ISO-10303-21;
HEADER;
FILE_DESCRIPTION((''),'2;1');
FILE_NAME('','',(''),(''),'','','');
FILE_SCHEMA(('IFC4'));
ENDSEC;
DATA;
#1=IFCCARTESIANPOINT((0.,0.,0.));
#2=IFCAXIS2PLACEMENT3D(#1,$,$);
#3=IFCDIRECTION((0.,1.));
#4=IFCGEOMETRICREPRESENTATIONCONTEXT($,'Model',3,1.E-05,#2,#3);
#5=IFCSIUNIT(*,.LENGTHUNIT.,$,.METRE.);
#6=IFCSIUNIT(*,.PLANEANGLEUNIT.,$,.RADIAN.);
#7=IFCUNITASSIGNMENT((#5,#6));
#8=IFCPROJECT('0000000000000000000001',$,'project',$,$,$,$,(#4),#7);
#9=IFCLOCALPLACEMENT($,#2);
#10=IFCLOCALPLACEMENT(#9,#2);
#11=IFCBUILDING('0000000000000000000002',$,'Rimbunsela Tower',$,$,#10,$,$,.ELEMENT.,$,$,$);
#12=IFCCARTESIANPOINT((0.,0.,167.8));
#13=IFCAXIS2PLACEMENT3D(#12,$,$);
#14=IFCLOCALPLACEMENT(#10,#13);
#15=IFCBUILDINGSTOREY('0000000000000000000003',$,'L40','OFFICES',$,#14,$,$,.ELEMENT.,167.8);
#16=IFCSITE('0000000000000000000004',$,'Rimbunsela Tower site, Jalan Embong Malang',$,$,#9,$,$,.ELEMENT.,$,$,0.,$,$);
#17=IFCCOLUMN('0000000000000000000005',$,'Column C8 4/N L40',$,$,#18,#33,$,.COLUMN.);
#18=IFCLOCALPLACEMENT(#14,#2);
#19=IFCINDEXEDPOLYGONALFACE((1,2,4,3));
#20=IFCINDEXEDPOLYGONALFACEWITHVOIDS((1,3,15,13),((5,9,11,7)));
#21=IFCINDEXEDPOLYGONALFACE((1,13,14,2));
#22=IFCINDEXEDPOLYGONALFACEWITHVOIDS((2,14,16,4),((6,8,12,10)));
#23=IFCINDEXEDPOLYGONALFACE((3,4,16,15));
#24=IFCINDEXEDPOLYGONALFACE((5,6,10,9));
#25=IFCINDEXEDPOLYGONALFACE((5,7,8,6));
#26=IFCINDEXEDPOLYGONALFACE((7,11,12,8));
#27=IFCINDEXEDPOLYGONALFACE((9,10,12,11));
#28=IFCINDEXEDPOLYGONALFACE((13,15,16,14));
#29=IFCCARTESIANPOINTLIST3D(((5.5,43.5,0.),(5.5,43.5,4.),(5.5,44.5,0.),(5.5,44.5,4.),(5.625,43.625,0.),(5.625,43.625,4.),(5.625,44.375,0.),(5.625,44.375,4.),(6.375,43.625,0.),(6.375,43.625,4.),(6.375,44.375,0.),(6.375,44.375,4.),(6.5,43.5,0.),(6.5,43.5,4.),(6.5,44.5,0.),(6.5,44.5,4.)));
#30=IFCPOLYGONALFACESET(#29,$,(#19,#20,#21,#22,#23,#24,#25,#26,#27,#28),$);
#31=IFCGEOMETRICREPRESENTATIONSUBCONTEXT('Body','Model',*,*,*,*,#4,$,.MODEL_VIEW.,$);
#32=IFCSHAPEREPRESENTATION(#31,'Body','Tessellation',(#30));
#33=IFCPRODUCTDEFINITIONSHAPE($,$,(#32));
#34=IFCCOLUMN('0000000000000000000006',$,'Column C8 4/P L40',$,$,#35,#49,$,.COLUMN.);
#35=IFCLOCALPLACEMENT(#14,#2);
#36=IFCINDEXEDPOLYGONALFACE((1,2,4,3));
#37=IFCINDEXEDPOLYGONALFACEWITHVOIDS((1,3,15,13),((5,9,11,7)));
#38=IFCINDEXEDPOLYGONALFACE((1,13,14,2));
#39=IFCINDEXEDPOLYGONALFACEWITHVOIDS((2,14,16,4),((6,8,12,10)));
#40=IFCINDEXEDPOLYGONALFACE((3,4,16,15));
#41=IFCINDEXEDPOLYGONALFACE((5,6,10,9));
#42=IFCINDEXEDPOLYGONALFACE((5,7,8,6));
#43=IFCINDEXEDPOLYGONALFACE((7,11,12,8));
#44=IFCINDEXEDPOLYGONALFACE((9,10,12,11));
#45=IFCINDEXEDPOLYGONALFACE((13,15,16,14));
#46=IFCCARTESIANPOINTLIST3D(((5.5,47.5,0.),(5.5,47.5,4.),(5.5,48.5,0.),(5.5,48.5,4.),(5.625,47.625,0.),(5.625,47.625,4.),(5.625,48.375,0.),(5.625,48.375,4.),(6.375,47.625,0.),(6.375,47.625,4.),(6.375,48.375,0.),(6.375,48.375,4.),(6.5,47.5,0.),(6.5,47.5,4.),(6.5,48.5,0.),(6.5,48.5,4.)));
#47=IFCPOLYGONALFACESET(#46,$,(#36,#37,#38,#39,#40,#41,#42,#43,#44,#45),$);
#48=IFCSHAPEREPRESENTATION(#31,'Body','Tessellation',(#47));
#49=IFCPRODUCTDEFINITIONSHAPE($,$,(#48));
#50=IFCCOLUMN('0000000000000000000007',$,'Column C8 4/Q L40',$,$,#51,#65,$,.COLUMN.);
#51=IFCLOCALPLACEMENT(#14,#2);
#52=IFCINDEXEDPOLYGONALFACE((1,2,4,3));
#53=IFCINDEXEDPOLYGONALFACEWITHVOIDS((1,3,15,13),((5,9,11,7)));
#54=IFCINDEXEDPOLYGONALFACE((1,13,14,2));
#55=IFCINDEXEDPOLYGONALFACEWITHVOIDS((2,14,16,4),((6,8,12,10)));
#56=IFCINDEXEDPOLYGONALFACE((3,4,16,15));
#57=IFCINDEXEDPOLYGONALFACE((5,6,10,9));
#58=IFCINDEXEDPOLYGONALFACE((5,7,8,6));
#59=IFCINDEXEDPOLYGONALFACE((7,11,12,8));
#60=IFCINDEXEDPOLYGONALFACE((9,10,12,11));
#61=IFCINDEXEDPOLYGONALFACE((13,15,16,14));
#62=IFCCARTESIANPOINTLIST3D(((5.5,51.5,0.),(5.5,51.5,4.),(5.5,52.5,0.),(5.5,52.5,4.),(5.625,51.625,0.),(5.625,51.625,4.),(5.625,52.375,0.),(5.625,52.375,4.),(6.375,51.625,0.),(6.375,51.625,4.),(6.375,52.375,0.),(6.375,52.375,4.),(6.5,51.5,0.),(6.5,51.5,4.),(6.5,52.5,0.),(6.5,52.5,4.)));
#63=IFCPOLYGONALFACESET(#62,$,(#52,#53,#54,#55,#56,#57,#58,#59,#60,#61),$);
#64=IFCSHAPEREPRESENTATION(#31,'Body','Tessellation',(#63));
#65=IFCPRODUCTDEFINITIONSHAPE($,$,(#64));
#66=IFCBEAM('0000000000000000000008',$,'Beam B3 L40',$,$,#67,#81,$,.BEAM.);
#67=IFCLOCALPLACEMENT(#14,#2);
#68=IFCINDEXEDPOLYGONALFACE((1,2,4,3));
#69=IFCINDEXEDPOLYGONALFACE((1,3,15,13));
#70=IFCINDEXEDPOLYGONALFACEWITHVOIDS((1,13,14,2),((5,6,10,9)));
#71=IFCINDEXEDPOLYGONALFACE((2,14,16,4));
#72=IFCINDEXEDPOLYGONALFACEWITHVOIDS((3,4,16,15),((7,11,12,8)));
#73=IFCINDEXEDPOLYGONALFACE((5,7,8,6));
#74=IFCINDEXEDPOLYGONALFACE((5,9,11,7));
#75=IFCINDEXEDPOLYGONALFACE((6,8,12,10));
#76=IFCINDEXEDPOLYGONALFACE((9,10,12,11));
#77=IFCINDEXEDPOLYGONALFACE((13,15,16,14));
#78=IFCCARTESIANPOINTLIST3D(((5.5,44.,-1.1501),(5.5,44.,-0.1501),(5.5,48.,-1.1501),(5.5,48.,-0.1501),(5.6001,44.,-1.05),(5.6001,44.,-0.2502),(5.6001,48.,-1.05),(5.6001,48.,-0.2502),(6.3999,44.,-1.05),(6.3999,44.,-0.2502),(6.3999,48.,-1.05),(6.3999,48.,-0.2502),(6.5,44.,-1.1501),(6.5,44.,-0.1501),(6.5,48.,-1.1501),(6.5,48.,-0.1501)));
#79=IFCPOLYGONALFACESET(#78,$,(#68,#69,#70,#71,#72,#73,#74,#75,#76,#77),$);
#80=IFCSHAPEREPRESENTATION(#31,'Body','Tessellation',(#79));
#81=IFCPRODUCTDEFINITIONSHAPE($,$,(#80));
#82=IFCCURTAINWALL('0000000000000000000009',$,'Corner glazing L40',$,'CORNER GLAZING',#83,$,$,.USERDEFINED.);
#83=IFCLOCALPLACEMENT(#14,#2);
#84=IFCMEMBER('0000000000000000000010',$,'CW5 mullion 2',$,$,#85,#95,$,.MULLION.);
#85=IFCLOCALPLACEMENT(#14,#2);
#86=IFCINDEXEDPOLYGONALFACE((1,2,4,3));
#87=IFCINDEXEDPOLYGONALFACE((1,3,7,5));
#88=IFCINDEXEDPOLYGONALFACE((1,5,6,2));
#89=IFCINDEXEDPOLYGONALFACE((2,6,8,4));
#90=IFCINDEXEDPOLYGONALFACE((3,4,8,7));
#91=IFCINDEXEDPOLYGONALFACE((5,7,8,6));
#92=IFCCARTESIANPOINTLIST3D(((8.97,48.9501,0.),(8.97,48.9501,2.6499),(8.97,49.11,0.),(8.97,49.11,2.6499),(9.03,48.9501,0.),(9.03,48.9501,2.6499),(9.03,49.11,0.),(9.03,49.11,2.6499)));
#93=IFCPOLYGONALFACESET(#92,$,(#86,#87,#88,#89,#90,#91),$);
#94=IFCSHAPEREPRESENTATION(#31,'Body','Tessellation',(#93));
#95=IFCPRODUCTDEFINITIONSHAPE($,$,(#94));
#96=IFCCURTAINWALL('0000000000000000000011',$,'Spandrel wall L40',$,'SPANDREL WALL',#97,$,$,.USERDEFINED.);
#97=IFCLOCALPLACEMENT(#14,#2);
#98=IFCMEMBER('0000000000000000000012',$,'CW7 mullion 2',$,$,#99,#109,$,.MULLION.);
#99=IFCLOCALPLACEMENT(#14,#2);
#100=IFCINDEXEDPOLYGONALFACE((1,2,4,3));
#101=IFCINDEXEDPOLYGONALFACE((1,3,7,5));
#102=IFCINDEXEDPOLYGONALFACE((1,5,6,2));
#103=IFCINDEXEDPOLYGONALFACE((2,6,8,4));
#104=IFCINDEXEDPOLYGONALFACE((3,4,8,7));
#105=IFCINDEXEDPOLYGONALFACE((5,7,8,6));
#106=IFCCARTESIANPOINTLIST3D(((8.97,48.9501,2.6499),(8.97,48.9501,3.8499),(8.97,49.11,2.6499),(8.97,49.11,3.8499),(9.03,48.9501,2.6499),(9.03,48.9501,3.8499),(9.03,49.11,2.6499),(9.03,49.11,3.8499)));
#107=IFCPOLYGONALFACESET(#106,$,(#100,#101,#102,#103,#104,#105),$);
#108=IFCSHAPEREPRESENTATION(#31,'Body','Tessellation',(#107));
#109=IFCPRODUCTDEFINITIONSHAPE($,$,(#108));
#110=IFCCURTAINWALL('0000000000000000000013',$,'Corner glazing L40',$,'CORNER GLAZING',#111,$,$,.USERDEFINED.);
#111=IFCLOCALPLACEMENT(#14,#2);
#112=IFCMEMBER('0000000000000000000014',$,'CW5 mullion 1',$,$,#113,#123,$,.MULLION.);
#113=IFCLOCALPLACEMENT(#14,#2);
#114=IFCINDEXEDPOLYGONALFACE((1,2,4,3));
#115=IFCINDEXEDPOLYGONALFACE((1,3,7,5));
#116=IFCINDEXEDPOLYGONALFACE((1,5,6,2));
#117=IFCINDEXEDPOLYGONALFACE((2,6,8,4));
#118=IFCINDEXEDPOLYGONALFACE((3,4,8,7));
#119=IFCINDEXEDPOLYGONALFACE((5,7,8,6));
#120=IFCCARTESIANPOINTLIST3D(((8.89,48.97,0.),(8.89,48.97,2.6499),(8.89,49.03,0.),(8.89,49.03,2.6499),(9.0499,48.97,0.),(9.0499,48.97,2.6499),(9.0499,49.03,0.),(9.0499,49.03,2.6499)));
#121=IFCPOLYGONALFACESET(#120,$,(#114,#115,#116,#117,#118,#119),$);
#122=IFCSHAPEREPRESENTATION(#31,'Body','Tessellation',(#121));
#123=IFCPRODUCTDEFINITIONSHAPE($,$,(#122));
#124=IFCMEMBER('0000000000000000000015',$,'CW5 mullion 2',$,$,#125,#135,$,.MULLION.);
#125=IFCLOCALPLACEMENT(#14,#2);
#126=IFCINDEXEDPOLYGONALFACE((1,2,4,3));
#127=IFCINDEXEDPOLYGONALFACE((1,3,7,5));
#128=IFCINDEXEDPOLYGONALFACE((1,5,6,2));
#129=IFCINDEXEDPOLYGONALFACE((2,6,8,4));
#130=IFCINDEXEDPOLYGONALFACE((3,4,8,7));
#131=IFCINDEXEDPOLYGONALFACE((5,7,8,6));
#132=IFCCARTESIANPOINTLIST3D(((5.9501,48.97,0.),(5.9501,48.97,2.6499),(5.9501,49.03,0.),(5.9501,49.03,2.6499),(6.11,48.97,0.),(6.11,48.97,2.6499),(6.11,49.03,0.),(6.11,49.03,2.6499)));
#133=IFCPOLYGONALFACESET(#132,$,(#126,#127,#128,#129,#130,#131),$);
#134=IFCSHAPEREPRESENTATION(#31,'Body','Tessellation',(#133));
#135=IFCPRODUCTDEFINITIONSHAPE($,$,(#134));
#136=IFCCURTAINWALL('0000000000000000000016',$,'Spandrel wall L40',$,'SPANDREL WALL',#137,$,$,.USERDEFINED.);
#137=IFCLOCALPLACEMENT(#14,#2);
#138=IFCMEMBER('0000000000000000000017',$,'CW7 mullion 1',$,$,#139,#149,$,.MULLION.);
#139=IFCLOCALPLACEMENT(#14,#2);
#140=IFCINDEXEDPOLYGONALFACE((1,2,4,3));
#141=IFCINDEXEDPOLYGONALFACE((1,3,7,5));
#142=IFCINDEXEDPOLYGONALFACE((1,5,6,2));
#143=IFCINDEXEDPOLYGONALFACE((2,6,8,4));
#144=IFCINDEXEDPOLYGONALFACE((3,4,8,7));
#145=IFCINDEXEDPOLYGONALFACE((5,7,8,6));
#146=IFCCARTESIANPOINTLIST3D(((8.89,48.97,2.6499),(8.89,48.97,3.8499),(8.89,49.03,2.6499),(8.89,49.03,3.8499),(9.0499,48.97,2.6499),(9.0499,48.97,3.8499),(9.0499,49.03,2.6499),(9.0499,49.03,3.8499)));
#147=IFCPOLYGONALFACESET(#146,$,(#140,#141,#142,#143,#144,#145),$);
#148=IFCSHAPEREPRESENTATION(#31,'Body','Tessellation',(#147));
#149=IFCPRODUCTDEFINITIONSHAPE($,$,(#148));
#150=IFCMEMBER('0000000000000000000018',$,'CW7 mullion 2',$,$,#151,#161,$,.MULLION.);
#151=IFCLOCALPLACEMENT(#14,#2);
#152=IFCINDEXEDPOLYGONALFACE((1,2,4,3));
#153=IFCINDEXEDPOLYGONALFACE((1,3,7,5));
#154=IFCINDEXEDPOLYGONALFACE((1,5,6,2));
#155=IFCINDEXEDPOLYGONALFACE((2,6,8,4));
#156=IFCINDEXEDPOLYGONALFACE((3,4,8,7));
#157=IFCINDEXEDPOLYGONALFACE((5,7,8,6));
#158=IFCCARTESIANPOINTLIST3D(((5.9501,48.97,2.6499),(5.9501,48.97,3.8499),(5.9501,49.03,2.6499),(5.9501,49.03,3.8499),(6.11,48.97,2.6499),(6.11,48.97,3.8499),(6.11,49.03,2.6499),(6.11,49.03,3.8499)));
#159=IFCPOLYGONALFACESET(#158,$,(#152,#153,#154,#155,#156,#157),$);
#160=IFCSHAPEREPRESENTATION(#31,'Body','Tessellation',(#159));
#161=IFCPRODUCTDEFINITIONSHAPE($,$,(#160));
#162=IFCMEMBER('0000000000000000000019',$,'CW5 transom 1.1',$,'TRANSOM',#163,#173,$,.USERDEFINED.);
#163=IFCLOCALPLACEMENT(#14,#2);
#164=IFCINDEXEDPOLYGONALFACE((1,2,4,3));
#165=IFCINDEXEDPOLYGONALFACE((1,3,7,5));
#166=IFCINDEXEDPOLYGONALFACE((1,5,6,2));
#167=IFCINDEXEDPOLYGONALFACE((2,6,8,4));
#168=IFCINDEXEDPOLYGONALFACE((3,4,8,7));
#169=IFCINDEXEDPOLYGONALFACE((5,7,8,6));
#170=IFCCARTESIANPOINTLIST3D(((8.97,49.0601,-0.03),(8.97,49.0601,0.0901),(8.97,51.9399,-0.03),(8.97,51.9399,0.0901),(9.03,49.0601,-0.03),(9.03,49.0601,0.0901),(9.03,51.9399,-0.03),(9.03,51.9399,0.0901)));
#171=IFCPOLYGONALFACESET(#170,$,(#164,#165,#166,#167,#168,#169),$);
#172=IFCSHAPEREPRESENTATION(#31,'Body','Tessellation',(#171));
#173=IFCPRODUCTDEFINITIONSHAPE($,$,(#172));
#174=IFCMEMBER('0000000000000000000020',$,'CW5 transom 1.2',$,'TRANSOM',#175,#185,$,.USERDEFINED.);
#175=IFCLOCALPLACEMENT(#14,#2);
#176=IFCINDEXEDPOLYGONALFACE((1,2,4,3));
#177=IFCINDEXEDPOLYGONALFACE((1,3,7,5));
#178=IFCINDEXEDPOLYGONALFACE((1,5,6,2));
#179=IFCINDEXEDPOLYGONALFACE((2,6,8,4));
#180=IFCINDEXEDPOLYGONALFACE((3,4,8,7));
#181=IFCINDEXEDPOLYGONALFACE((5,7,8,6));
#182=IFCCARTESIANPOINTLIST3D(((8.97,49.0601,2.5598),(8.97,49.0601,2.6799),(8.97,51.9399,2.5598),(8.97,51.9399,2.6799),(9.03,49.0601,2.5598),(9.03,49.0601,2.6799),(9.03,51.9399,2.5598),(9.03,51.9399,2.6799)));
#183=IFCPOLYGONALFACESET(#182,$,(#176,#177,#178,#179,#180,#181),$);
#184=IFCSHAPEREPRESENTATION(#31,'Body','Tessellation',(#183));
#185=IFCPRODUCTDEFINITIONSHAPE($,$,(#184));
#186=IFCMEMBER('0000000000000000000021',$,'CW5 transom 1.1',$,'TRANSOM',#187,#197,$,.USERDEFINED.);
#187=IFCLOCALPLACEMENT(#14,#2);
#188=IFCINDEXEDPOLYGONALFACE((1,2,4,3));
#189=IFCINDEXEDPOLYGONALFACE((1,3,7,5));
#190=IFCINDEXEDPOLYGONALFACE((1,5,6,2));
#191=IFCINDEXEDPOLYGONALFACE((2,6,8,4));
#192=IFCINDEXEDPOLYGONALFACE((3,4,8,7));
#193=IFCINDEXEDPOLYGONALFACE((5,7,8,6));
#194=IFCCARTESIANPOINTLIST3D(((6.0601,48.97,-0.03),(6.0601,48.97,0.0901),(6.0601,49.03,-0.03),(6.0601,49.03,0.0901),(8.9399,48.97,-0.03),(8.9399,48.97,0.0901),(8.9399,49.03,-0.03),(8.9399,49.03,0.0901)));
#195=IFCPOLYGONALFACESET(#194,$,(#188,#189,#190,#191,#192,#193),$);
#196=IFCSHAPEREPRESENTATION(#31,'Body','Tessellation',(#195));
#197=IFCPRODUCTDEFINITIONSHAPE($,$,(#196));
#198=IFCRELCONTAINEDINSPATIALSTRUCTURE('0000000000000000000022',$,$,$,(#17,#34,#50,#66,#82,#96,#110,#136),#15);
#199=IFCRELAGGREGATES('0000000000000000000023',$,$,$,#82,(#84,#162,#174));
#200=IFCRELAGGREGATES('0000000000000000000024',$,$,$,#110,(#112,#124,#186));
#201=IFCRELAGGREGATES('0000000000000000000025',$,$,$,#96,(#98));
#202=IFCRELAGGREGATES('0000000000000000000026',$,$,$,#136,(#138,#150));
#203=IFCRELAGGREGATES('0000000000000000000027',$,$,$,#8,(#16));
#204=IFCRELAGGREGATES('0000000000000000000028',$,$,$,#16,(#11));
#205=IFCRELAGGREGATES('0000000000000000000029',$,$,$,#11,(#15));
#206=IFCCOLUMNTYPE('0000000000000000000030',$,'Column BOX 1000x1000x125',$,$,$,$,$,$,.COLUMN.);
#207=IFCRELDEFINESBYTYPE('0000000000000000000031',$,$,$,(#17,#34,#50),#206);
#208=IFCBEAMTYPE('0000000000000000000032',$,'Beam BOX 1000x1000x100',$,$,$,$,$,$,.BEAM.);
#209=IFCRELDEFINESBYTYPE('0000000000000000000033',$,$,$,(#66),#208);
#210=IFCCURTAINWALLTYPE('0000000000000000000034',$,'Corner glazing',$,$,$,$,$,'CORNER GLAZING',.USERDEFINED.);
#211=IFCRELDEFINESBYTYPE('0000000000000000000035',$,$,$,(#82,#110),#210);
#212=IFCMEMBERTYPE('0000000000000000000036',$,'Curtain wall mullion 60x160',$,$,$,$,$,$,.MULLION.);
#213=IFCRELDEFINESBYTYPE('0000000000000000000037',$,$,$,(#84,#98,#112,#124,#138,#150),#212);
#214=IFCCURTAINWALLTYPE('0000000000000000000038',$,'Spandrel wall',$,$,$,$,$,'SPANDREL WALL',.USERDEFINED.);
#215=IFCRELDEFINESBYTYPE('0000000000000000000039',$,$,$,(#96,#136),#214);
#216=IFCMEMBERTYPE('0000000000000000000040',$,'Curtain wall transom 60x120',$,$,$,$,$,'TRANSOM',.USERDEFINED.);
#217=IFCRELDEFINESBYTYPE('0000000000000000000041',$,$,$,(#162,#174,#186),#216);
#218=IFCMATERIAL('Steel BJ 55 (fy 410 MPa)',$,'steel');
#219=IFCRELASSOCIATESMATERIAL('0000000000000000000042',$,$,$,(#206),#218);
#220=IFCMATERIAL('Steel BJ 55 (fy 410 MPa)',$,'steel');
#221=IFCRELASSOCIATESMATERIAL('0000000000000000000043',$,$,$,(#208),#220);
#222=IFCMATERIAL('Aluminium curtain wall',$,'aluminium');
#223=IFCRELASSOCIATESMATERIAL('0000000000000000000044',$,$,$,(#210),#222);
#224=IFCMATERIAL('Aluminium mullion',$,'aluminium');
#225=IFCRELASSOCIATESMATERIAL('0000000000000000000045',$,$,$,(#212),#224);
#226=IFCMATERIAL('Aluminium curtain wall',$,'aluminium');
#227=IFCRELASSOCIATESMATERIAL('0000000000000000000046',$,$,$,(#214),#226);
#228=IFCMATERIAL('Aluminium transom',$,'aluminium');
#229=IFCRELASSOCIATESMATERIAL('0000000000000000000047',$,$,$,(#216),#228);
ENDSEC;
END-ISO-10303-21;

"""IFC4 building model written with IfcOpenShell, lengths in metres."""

from ifc_helpers import new_model, si_unit, direction, frame, origin, origin_2d, place, context, subcontext, project, spatial, rectangle, hollow_rectangle, extrude, material, material_profile, profile_set, type_object, element, aggregate, save


model = new_model("IFC4")

# Units and contexts
model_context = context("Model", 3, precision=1e-05, world=origin(), true_north=direction((0.0, 1.0)))
body_context = subcontext(model_context, "Body", "Model", "MODEL_VIEW")
ifc_project = project(units=[si_unit("LENGTHUNIT", "METRE"), si_unit("PLANEANGLEUNIT", "RADIAN")], contexts=[model_context])

# Site, building, storey
site_placement = place(None, origin())
site = spatial("IfcSite", under=ifc_project, at=site_placement, Name="Rimbunsela Tower site, Jalan Embong Malang", CompositionType="ELEMENT", RefElevation=0.0)
building_placement = place(site_placement, origin())
building = spatial("IfcBuilding", under=site, at=building_placement, Name="Rimbunsela Tower", CompositionType="ELEMENT")
storey_placement = place(building_placement, frame((0.0, 0.0, 167.8)))
storey = spatial("IfcBuildingStorey", under=building, at=storey_placement, Name="L40", Description="OFFICES", CompositionType="ELEMENT", Elevation=167.8)

# Columns
ifc_material_1 = material(Name="Steel BJ 55 (fy 410 MPa)", Category="steel")
ifc_material_profile_1 = material_profile(ifc_material_1, hollow_rectangle(XDim=1.0, YDim=1.0, WallThickness=0.125, at=origin_2d()), Name="BOX 1000x1000x125")
ifc_profile_set_1 = profile_set([ifc_material_profile_1], Name="Steel BJ 55 (fy 410 MPa)")
column_type = type_object("IfcColumnType", Name="Column BOX 1000x1000x125", PredefinedType="COLUMN", material=ifc_profile_set_1)
for number, where, z_axis, x_axis, name in (
    (1, (6.0, 44.0, 0.0), (0.0, 0.0, 1.0), (1.0, 0.0, 0.0), "Column C8 4/N L40"),
    (2, (6.0, 48.0, 0.0), (0.0, 0.0, 1.0), (1.0, 0.0, 0.0), "Column C8 4/P L40"),
    (3, (6.0, 52.0, 0.0), (0.0, 0.0, 1.0), (1.0, 0.0, 0.0), "Column C8 4/Q L40"),
):
    element("IfcColumn", number, at=place(storey_placement, frame(where, z_axis=z_axis, x_axis=x_axis)), inside=storey, type_object=column_type, Name=name, PredefinedType="COLUMN", context=body_context, shape_type="SweptSolid", body=[
        extrude(hollow_rectangle(XDim=1.0, YDim=1.0, WallThickness=0.125, at=origin_2d()), origin(), (0.0, 0.0, 1.0), 4.0),
    ])

# Beam
ifc_material_2 = material(Name="Steel BJ 55 (fy 410 MPa)", Category="steel")
ifc_material_profile_2 = material_profile(ifc_material_2, hollow_rectangle(XDim=1.0, YDim=1.0, WallThickness=0.1001, at=origin_2d()), Name="BOX 1000x1000x100")
ifc_profile_set_2 = profile_set([ifc_material_profile_2], Name="Steel BJ 55 (fy 410 MPa)")
beam_type = type_object("IfcBeamType", Name="Beam BOX 1000x1000x100", PredefinedType="BEAM", material=ifc_profile_set_2)
beam_placement = place(storey_placement, frame((6.0, 44.0, -0.6501), z_axis=(0.0, 1.0, 0.0), x_axis=(-1.0, 0.0, 0.0)))
element("IfcBeam", 4, at=beam_placement, inside=storey, type_object=beam_type, Name="Beam B3 L40", PredefinedType="BEAM", context=body_context, shape_type="SweptSolid", body=[
    extrude(hollow_rectangle(XDim=1.0, YDim=1.0, WallThickness=0.1001, at=origin_2d()), origin(), (0.0, 0.0, 1.0), 4.0),
])

# Curtain walls, members
ifc_material_3 = material(Name="Aluminium curtain wall", Category="aluminium")
curtain_wall_type_1 = type_object("IfcCurtainWallType", Name="Corner glazing", ElementType="CORNER GLAZING", PredefinedType="USERDEFINED", material=ifc_material_3)
curtain_wall_1_placement = place(storey_placement, origin())
curtain_wall_1 = element("IfcCurtainWall", 5, at=curtain_wall_1_placement, inside=storey, type_object=curtain_wall_type_1, Name="Corner glazing L40", ObjectType="CORNER GLAZING", PredefinedType="USERDEFINED")
ifc_material_4 = material(Name="Aluminium mullion", Category="aluminium")
ifc_material_profile_3 = material_profile(ifc_material_4, rectangle(XDim=0.0601, YDim=0.1599, at=origin_2d()), Name="Mullion 60x160")
ifc_profile_set_3 = profile_set([ifc_material_profile_3], Name="Aluminium mullion")
member_type_1 = type_object("IfcMemberType", Name="Curtain wall mullion 60x160", PredefinedType="MULLION", material=ifc_profile_set_3)
member_1_placement = place(storey_placement, frame((9.0, 49.03, 0.0), z_axis=(0.0, 0.0, 1.0), x_axis=(1.0, 0.0, 0.0)))
member_1 = element("IfcMember", 6, at=member_1_placement, type_object=member_type_1, Name="CW5 mullion 2", PredefinedType="MULLION", context=body_context, shape_type="SweptSolid", body=[
    extrude(rectangle(XDim=0.0601, YDim=0.1599, at=origin_2d()), origin(), (0.0, 0.0, 1.0), 2.6499),
])
ifc_material_5 = material(Name="Aluminium curtain wall", Category="aluminium")
curtain_wall_type_2 = type_object("IfcCurtainWallType", Name="Spandrel wall", ElementType="SPANDREL WALL", PredefinedType="USERDEFINED", material=ifc_material_5)
curtain_wall_2_placement = place(storey_placement, origin())
curtain_wall_2 = element("IfcCurtainWall", 7, at=curtain_wall_2_placement, inside=storey, type_object=curtain_wall_type_2, Name="Spandrel wall L40", ObjectType="SPANDREL WALL", PredefinedType="USERDEFINED")
member_2_placement = place(storey_placement, frame((9.0, 49.03, 2.6499), z_axis=(0.0, 0.0, 1.0), x_axis=(1.0, 0.0, 0.0)))
member_2 = element("IfcMember", 8, at=member_2_placement, type_object=member_type_1, Name="CW7 mullion 2", PredefinedType="MULLION", context=body_context, shape_type="SweptSolid", body=[
    extrude(rectangle(XDim=0.0601, YDim=0.1599, at=origin_2d()), origin(), (0.0, 0.0, 1.0), 1.2),
])

# Curtain walls, members
curtain_wall_3_placement = place(storey_placement, origin())
curtain_wall_3 = element("IfcCurtainWall", 9, at=curtain_wall_3_placement, inside=storey, type_object=curtain_wall_type_1, Name="Corner glazing L40", ObjectType="CORNER GLAZING", PredefinedType="USERDEFINED")
member_3_placement = place(storey_placement, frame((8.97, 49.0, 0.0), z_axis=(0.0, 0.0, 1.0), x_axis=(0.0, -1.0, 0.0)))
member_3 = element("IfcMember", 10, at=member_3_placement, type_object=member_type_1, Name="CW5 mullion 1", PredefinedType="MULLION", context=body_context, shape_type="SweptSolid", body=[
    extrude(rectangle(XDim=0.0601, YDim=0.1599, at=origin_2d()), origin(), (0.0, 0.0, 1.0), 2.6499),
])
member_4_placement = place(storey_placement, frame((6.03, 49.0, 0.0), z_axis=(0.0, 0.0, 1.0), x_axis=(0.0, -1.0, 0.0)))
member_4 = element("IfcMember", 11, at=member_4_placement, type_object=member_type_1, Name="CW5 mullion 2", PredefinedType="MULLION", context=body_context, shape_type="SweptSolid", body=[
    extrude(rectangle(XDim=0.0601, YDim=0.1599, at=origin_2d()), origin(), (0.0, 0.0, 1.0), 2.6499),
])
curtain_wall_4_placement = place(storey_placement, origin())
curtain_wall_4 = element("IfcCurtainWall", 12, at=curtain_wall_4_placement, inside=storey, type_object=curtain_wall_type_2, Name="Spandrel wall L40", ObjectType="SPANDREL WALL", PredefinedType="USERDEFINED")
member_5_placement = place(storey_placement, frame((8.97, 49.0, 2.6499), z_axis=(0.0, 0.0, 1.0), x_axis=(0.0, -1.0, 0.0)))
member_5 = element("IfcMember", 13, at=member_5_placement, type_object=member_type_1, Name="CW7 mullion 1", PredefinedType="MULLION", context=body_context, shape_type="SweptSolid", body=[
    extrude(rectangle(XDim=0.0601, YDim=0.1599, at=origin_2d()), origin(), (0.0, 0.0, 1.0), 1.2),
])
member_6_placement = place(storey_placement, frame((6.03, 49.0, 2.6499), z_axis=(0.0, 0.0, 1.0), x_axis=(0.0, -1.0, 0.0)))
member_6 = element("IfcMember", 14, at=member_6_placement, type_object=member_type_1, Name="CW7 mullion 2", PredefinedType="MULLION", context=body_context, shape_type="SweptSolid", body=[
    extrude(rectangle(XDim=0.0601, YDim=0.1599, at=origin_2d()), origin(), (0.0, 0.0, 1.0), 1.2),
])

# Members
ifc_material_6 = material(Name="Aluminium transom", Category="aluminium")
ifc_material_profile_4 = material_profile(ifc_material_6, rectangle(XDim=0.0601, YDim=0.1201, at=origin_2d()), Name="Transom 60x120")
ifc_profile_set_4 = profile_set([ifc_material_profile_4], Name="Aluminium transom")
member_type_2 = type_object("IfcMemberType", Name="Curtain wall transom 60x120", ElementType="TRANSOM", PredefinedType="USERDEFINED", material=ifc_profile_set_4)
member_7_placement = place(storey_placement, frame((9.0, 51.9399, 0.03), z_axis=(0.0, -1.0, 0.0), x_axis=(1.0, 0.0, 0.0)))
member_7 = element("IfcMember", 15, at=member_7_placement, type_object=member_type_2, Name="CW5 transom 1.1", ObjectType="TRANSOM", PredefinedType="USERDEFINED", context=body_context, shape_type="SweptSolid", body=[
    extrude(rectangle(XDim=0.0601, YDim=0.1201, at=origin_2d()), origin(), (0.0, 0.0, 1.0), 2.8799),
])
member_8_placement = place(storey_placement, frame((9.0, 51.9399, 2.6199), z_axis=(0.0, -1.0, 0.0), x_axis=(1.0, 0.0, 0.0)))
member_8 = element("IfcMember", 16, at=member_8_placement, type_object=member_type_2, Name="CW5 transom 1.2", ObjectType="TRANSOM", PredefinedType="USERDEFINED", context=body_context, shape_type="SweptSolid", body=[
    extrude(rectangle(XDim=0.0601, YDim=0.1201, at=origin_2d()), origin(), (0.0, 0.0, 1.0), 2.8799),
])
member_9_placement = place(storey_placement, frame((8.9399, 49.0, 0.03), z_axis=(-1.0, 0.0, 0.0), x_axis=(0.0, -1.0, 0.0)))
member_9 = element("IfcMember", 17, at=member_9_placement, type_object=member_type_2, Name="CW5 transom 1.1", ObjectType="TRANSOM", PredefinedType="USERDEFINED", context=body_context, shape_type="SweptSolid", body=[
    extrude(rectangle(XDim=0.0601, YDim=0.1201, at=origin_2d()), origin(), (0.0, 0.0, 1.0), 2.8799),
])

aggregate(curtain_wall_1, [member_1, member_7, member_8])
aggregate(curtain_wall_3, [member_3, member_4, member_9])
aggregate(curtain_wall_2, [member_2])
aggregate(curtain_wall_4, [member_5, member_6])

save(model, "model.ifc")
